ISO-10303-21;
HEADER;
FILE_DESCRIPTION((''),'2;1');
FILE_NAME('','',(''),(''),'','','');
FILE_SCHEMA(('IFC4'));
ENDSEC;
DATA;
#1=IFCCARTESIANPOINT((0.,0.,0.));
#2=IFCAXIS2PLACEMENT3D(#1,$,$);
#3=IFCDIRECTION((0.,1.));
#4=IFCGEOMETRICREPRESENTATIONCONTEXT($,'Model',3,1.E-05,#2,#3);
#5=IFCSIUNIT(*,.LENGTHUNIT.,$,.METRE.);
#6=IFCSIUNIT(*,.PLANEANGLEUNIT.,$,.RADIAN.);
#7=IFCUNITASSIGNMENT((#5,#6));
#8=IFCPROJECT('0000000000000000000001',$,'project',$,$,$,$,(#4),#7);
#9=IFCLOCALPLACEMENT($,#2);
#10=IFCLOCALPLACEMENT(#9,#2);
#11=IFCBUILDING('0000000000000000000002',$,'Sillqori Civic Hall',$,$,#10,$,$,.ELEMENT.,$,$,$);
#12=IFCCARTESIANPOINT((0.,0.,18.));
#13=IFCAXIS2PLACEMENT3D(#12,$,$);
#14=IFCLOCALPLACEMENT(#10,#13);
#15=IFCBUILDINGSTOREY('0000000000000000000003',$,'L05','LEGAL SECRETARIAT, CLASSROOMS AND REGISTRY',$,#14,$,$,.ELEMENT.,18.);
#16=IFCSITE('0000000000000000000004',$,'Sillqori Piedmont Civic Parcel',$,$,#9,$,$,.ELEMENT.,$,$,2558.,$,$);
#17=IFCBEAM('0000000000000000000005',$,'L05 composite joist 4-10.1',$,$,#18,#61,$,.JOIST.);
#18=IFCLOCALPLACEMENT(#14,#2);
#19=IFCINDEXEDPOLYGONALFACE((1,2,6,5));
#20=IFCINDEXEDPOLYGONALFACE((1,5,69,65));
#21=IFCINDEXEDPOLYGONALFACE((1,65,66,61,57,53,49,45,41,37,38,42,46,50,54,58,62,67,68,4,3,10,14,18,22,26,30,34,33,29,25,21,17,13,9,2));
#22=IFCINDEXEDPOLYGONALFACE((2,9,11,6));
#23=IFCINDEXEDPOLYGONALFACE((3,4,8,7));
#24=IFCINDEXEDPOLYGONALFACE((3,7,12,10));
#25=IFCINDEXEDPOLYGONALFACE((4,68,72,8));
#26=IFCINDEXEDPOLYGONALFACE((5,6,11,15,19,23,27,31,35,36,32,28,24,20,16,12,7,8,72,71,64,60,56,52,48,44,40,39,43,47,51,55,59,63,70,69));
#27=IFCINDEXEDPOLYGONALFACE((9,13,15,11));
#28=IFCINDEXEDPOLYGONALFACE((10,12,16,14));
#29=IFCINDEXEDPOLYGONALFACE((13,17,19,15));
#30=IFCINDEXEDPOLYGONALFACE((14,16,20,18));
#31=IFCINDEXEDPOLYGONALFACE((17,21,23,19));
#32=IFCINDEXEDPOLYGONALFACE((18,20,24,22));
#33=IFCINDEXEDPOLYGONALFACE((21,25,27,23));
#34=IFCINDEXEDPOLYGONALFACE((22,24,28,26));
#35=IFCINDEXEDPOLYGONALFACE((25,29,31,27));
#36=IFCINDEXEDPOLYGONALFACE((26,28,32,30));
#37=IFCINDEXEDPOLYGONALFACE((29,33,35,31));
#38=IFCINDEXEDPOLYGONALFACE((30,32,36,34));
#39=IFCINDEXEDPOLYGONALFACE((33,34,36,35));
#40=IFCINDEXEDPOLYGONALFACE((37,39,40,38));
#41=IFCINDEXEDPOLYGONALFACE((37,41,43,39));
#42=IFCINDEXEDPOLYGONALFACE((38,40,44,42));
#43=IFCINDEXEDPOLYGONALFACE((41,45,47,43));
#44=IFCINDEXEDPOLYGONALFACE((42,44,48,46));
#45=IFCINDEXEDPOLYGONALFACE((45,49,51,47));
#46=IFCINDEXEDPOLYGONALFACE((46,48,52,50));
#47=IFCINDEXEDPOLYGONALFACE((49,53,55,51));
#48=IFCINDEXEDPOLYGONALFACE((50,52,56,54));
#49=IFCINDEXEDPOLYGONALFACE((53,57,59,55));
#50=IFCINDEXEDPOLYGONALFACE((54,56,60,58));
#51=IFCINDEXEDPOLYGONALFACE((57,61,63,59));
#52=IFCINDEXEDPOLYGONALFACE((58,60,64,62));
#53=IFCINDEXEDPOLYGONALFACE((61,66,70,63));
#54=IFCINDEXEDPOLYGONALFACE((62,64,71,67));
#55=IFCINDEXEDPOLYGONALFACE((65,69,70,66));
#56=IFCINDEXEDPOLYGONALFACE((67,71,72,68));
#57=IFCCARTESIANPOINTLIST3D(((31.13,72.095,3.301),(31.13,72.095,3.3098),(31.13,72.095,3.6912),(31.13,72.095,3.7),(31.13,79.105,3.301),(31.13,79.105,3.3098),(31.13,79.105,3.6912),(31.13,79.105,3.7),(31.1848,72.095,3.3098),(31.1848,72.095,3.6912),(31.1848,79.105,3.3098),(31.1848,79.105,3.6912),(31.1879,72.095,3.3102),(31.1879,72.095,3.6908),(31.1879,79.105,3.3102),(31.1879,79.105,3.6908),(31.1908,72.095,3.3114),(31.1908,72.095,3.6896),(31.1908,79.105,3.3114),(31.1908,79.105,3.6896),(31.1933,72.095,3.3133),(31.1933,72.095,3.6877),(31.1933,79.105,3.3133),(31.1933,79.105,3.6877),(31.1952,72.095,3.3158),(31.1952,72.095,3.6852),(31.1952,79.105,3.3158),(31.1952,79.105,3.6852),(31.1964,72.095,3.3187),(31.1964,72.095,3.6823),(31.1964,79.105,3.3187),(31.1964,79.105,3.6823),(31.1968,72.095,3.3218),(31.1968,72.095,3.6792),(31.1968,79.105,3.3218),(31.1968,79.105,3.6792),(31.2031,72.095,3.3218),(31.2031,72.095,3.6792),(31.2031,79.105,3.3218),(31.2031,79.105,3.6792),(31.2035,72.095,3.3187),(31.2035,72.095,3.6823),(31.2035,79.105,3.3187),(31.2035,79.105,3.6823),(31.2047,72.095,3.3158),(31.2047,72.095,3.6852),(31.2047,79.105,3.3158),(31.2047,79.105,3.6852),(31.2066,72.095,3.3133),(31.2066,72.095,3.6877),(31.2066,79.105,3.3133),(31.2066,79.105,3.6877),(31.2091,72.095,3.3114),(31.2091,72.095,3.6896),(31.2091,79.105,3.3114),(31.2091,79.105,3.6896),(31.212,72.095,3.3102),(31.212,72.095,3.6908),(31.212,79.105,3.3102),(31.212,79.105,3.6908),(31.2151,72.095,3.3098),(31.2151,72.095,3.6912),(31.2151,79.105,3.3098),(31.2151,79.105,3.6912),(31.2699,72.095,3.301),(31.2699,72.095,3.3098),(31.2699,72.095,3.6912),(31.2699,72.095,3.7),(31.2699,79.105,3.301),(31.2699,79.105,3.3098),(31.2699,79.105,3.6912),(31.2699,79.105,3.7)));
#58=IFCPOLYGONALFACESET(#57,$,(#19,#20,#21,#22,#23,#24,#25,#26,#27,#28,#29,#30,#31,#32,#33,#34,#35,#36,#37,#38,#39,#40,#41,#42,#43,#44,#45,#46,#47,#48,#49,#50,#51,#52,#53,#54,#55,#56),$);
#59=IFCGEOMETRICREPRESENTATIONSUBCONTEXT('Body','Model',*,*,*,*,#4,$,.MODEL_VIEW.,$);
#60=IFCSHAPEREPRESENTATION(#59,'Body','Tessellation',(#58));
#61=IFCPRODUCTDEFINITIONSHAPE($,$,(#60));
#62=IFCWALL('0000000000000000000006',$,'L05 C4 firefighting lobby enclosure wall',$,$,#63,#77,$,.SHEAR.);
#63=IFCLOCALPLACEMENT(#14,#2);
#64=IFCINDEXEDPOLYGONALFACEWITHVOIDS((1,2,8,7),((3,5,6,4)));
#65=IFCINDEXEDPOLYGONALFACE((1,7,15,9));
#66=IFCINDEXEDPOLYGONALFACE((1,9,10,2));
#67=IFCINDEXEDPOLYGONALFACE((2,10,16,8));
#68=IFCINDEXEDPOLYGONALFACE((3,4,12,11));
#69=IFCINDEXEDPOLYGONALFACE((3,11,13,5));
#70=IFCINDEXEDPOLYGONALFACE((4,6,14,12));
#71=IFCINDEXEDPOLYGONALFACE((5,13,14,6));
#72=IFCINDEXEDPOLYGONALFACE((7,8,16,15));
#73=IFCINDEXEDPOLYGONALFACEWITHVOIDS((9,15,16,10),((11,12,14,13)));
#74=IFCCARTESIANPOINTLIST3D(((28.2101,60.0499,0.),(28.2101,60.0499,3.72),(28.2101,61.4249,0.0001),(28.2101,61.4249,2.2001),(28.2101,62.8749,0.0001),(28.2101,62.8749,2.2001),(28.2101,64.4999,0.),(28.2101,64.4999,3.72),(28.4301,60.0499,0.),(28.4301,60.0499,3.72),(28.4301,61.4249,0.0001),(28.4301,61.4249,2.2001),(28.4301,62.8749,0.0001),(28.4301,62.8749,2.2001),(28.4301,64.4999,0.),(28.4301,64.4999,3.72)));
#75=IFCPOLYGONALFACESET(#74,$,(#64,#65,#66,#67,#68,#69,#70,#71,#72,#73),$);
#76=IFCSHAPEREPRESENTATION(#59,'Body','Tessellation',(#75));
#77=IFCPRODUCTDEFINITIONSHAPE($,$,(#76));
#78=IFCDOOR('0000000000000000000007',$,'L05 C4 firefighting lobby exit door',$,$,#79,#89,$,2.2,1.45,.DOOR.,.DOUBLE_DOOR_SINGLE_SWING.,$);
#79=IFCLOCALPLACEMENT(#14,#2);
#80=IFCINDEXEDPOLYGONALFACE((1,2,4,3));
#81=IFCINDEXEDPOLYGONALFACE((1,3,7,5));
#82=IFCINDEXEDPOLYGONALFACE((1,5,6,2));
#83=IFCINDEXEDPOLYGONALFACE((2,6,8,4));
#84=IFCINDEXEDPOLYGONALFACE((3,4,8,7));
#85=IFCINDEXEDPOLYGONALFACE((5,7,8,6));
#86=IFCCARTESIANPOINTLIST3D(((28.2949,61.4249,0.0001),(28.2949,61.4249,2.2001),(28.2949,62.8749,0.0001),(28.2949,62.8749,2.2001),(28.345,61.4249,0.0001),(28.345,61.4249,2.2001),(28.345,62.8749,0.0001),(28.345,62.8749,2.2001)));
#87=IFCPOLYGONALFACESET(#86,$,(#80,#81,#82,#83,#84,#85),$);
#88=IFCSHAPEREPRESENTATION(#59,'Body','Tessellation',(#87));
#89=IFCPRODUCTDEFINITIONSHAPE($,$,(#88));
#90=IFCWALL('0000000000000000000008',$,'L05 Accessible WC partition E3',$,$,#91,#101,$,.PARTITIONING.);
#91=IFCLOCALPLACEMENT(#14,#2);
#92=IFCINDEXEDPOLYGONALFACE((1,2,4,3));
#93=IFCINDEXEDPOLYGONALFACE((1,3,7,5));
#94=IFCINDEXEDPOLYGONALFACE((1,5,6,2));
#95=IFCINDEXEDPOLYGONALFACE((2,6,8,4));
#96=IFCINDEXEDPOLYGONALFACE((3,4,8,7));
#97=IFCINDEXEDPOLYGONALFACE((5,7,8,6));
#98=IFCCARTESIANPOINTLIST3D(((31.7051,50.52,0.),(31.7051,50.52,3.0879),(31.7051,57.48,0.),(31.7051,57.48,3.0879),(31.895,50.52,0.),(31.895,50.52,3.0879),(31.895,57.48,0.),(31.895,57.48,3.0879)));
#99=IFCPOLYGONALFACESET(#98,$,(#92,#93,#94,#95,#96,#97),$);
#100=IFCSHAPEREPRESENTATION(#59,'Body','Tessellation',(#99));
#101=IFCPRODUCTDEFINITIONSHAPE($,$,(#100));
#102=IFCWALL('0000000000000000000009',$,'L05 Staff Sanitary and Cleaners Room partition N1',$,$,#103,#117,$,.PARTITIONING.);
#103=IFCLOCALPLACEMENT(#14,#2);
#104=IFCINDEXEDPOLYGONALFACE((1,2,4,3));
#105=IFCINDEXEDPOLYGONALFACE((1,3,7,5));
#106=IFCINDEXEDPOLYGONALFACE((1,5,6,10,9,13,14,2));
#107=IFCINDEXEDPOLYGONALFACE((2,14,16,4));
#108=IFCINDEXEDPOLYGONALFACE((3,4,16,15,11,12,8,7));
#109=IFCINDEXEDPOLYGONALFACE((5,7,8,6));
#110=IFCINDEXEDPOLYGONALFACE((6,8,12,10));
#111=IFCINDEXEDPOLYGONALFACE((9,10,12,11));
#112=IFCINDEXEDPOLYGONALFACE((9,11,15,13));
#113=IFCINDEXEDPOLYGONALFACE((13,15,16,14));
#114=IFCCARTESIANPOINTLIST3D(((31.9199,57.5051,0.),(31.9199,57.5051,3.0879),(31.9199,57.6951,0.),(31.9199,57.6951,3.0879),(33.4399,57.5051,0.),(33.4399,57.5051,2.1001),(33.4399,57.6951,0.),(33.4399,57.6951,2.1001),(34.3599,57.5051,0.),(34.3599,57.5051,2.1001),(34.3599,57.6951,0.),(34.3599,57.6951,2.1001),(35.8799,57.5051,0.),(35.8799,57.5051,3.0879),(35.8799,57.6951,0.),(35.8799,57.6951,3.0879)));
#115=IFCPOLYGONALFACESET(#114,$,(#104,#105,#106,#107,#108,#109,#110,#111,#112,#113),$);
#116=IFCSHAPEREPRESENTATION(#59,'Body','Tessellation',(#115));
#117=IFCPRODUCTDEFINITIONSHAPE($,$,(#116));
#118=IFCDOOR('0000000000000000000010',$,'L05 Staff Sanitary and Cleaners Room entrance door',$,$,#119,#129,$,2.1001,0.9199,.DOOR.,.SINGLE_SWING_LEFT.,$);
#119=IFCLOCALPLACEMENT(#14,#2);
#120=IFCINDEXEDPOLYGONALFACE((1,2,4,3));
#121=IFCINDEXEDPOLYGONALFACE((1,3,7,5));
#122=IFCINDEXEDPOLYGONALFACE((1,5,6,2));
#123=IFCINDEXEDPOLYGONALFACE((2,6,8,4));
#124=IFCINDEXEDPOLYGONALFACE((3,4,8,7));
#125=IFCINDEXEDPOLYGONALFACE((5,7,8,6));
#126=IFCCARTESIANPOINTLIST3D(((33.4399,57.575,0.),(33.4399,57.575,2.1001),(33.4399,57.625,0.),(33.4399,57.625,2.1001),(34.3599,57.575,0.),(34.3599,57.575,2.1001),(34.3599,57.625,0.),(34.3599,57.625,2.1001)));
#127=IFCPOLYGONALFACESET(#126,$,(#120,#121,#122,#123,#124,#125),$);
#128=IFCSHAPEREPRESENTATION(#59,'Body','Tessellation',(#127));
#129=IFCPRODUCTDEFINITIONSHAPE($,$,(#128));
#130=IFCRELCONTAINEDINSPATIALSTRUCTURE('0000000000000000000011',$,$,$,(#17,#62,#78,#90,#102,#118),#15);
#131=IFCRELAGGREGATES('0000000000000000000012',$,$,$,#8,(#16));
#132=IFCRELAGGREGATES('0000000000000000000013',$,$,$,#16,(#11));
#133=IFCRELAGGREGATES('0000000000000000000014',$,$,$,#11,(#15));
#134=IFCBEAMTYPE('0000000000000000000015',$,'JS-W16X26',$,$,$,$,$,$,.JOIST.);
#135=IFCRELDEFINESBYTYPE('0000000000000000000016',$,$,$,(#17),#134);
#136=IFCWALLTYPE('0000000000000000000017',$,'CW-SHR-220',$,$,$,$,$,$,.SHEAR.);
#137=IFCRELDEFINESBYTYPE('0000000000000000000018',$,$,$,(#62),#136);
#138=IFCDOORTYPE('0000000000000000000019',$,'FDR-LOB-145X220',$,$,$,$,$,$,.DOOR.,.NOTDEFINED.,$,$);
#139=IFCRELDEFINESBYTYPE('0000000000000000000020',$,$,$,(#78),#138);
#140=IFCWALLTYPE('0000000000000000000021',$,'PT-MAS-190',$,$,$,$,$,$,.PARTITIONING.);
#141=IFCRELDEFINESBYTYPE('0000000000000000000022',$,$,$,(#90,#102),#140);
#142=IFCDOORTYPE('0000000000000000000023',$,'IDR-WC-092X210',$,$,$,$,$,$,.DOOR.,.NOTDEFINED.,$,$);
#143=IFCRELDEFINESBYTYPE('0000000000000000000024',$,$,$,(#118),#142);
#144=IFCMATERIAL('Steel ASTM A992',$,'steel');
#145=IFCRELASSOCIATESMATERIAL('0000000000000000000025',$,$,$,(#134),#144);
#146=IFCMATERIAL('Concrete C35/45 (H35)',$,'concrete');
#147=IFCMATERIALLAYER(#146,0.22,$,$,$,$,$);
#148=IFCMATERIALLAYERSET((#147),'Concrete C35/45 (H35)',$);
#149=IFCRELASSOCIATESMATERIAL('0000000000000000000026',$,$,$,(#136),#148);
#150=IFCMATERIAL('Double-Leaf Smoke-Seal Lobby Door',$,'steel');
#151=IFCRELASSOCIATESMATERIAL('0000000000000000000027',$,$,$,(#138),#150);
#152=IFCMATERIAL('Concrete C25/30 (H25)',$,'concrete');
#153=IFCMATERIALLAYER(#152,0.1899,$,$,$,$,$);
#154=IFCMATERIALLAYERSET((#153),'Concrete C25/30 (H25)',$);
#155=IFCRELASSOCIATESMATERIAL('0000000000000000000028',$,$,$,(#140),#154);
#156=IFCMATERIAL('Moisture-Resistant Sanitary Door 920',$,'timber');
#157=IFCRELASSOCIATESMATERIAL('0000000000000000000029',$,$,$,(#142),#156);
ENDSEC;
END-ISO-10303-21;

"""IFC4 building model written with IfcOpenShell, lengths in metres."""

from ifc_helpers import new_model, si_unit, direction, frame, frame_2d, origin, origin_2d, place, context, subcontext, project, spatial, rectangle, i_section, extrude, material, layer, layer_set, material_profile, profile_set, type_object, element, fill, save


model = new_model("IFC4")

# Units and contexts
model_context = context("Model", 3, precision=1e-05, world=origin(), true_north=direction((0.0, 1.0)))
body_context = subcontext(model_context, "Body", "Model", "MODEL_VIEW")
ifc_project = project(units=[si_unit("LENGTHUNIT", "METRE"), si_unit("PLANEANGLEUNIT", "RADIAN")], contexts=[model_context])

# Site, building, storey
site_placement = place(None, origin())
site = spatial("IfcSite", under=ifc_project, at=site_placement, Name="Sillqori Piedmont Civic Parcel", CompositionType="ELEMENT", RefElevation=2558.0)
building_placement = place(site_placement, origin())
building = spatial("IfcBuilding", under=site, at=building_placement, Name="Sillqori Civic Hall", CompositionType="ELEMENT")
storey_placement = place(building_placement, frame((0.0, 0.0, 18.0)))
storey = spatial("IfcBuildingStorey", under=building, at=storey_placement, Name="L05", Description="LEGAL SECRETARIAT, CLASSROOMS AND REGISTRY", CompositionType="ELEMENT", Elevation=18.0)

# Shared definitions
ifc_material_1 = material(Name="Steel ASTM A992", Category="steel")

# Beam
ifc_material_profile_1 = material_profile(ifc_material_1, i_section(OverallWidth=0.1399, OverallDepth=0.3989, WebThickness=0.0063, FlangeThickness=0.0088, FilletRadius=0.012, at=origin_2d()), Name="W16X26")
ifc_profile_set_1 = profile_set([ifc_material_profile_1], Name="Steel ASTM A992")
beam_type_1 = type_object("IfcBeamType", Name="JS-W16X26", PredefinedType="JOIST", material=ifc_profile_set_1)
for number, where, z_axis, x_axis, name in (
    (1, (31.2, 72.095, 3.5005), (0.0, 1.0, 0.0), (-1.0, 0.0, 0.0), "L05 composite joist 4-10.1"),
):
    element("IfcBeam", number, at=place(storey_placement, frame(where, z_axis=z_axis, x_axis=x_axis)), inside=storey, type_object=beam_type_1, Name=name, PredefinedType="JOIST", context=body_context, shape_type="SweptSolid", body=[
        extrude(i_section(OverallWidth=0.1399, OverallDepth=0.3989, WebThickness=0.0063, FlangeThickness=0.0088, FilletRadius=0.012, at=origin_2d()), origin(), (0.0, 0.0, 1.0), 7.01),
    ])

# Wall, opening, door
ifc_material_2 = material(Name="Concrete C35/45 (H35)", Category="concrete")
ifc_layer_1 = layer(ifc_material_2, 0.22)
ifc_layer_set_1 = layer_set([ifc_layer_1], Name="Concrete C35/45 (H35)")
wall_type_1 = type_object("IfcWallType", Name="CW-SHR-220", PredefinedType="SHEAR", material=ifc_layer_set_1)
wall_1_placement = place(storey_placement, frame((28.3201, 64.5, 0.0), z_axis=(0.0, 0.0, 1.0), x_axis=(0.0, -1.0, 0.0)))
wall_1 = element("IfcWall", 2, at=wall_1_placement, inside=storey, type_object=wall_type_1, Name="L05 C4 firefighting lobby enclosure wall", PredefinedType="SHEAR", context=body_context, shape_type="SweptSolid", body=[
    extrude(rectangle(XDim=4.45, YDim=0.22, at=frame_2d((2.2251, 0.0))), origin(), (0.0, 0.0, 1.0), 3.72),
])
opening_1_placement = place(wall_1_placement, frame((1.625, 0.0, 0.0)))
opening_1 = element("IfcOpeningElement", 3, at=opening_1_placement, cuts=wall_1, PredefinedType="OPENING", context=body_context, shape_type="SweptSolid", body=[
    extrude(rectangle(XDim=1.45, YDim=2.2, at=frame_2d((0.7251, 1.1001))), frame((0.0, 0.1199, 0.0), z_axis=(0.0, -1.0, 0.0), x_axis=(1.0, 0.0, 0.0)), (0.0, 0.0, 1.0), 0.24),
])
ifc_material_3 = material(Name="Double-Leaf Smoke-Seal Lobby Door", Category="steel")
door_type_1 = type_object("IfcDoorType", Name="FDR-LOB-145X220", OperationType="NOTDEFINED", PredefinedType="DOOR", material=ifc_material_3)
door_1_placement = place(opening_1_placement, origin())
door_1 = element("IfcDoor", 4, at=door_1_placement, inside=storey, type_object=door_type_1, Name="L05 C4 firefighting lobby exit door", OperationType="DOUBLE_DOOR_SINGLE_SWING", OverallHeight=2.2, OverallWidth=1.45, PredefinedType="DOOR", context=body_context, shape_type="SweptSolid", body=[
    extrude(rectangle(XDim=1.45, YDim=2.2, at=frame_2d((0.7251, 1.1001))), frame((0.0, 0.0249, 0.0), z_axis=(0.0, -1.0, 0.0), x_axis=(1.0, 0.0, 0.0)), (0.0, 0.0, 1.0), 0.05),
])
fill(opening_1, door_1)

# Shared definitions
ifc_material_4 = material(Name="Concrete C25/30 (H25)", Category="concrete")
ifc_layer_2 = layer(ifc_material_4, 0.1899)
ifc_layer_set_2 = layer_set([ifc_layer_2], Name="Concrete C25/30 (H25)")
wall_type_2 = type_object("IfcWallType", Name="PT-MAS-190", PredefinedType="PARTITIONING", material=ifc_layer_set_2)

# Wall
wall_2_placement = place(storey_placement, frame((31.8, 57.48, 0.0), z_axis=(0.0, 0.0, 1.0), x_axis=(0.0, -1.0, 0.0)))
element("IfcWall", 5, at=wall_2_placement, inside=storey, type_object=wall_type_2, Name="L05 Accessible WC partition E3", PredefinedType="PARTITIONING", context=body_context, shape_type="SweptSolid", body=[
    extrude(rectangle(XDim=6.96, YDim=0.1899, at=frame_2d((3.48, 0.0))), origin(), (0.0, 0.0, 1.0), 3.0879),
])

# Wall, opening, door
wall_3_placement = place(storey_placement, frame((31.9199, 57.6001, 0.0), z_axis=(0.0, 0.0, 1.0), x_axis=(1.0, 0.0, 0.0)))
wall_3 = element("IfcWall", 6, at=wall_3_placement, inside=storey, type_object=wall_type_2, Name="L05 Staff Sanitary and Cleaners Room partition N1", PredefinedType="PARTITIONING", context=body_context, shape_type="SweptSolid", body=[
    extrude(rectangle(XDim=3.96, YDim=0.1899, at=frame_2d((1.98, 0.0))), origin(), (0.0, 0.0, 1.0), 3.0879),
])
opening_2_placement = place(wall_3_placement, frame((1.52, 0.0, 0.0)))
opening_2 = element("IfcOpeningElement", 7, at=opening_2_placement, cuts=wall_3, PredefinedType="OPENING", context=body_context, shape_type="SweptSolid", body=[
    extrude(rectangle(XDim=0.9199, YDim=2.1001, at=frame_2d((0.46, 1.05))), frame((0.0, 0.105, 0.0), z_axis=(0.0, -1.0, 0.0), x_axis=(1.0, 0.0, 0.0)), (0.0, 0.0, 1.0), 0.21),
])
ifc_material_5 = material(Name="Moisture-Resistant Sanitary Door 920", Category="timber")
door_type_2 = type_object("IfcDoorType", Name="IDR-WC-092X210", OperationType="NOTDEFINED", PredefinedType="DOOR", material=ifc_material_5)
door_2_placement = place(opening_2_placement, origin())
door_2 = element("IfcDoor", 8, at=door_2_placement, inside=storey, type_object=door_type_2, Name="L05 Staff Sanitary and Cleaners Room entrance door", OperationType="SINGLE_SWING_LEFT", OverallHeight=2.1001, OverallWidth=0.9199, PredefinedType="DOOR", context=body_context, shape_type="SweptSolid", body=[
    extrude(rectangle(XDim=0.9199, YDim=2.1001, at=frame_2d((0.46, 1.05))), frame((0.0, 0.0249, 0.0), z_axis=(0.0, -1.0, 0.0), x_axis=(1.0, 0.0, 0.0)), (0.0, 0.0, 1.0), 0.05),
])
fill(opening_2, door_2)

save(model, "model.ifc")
